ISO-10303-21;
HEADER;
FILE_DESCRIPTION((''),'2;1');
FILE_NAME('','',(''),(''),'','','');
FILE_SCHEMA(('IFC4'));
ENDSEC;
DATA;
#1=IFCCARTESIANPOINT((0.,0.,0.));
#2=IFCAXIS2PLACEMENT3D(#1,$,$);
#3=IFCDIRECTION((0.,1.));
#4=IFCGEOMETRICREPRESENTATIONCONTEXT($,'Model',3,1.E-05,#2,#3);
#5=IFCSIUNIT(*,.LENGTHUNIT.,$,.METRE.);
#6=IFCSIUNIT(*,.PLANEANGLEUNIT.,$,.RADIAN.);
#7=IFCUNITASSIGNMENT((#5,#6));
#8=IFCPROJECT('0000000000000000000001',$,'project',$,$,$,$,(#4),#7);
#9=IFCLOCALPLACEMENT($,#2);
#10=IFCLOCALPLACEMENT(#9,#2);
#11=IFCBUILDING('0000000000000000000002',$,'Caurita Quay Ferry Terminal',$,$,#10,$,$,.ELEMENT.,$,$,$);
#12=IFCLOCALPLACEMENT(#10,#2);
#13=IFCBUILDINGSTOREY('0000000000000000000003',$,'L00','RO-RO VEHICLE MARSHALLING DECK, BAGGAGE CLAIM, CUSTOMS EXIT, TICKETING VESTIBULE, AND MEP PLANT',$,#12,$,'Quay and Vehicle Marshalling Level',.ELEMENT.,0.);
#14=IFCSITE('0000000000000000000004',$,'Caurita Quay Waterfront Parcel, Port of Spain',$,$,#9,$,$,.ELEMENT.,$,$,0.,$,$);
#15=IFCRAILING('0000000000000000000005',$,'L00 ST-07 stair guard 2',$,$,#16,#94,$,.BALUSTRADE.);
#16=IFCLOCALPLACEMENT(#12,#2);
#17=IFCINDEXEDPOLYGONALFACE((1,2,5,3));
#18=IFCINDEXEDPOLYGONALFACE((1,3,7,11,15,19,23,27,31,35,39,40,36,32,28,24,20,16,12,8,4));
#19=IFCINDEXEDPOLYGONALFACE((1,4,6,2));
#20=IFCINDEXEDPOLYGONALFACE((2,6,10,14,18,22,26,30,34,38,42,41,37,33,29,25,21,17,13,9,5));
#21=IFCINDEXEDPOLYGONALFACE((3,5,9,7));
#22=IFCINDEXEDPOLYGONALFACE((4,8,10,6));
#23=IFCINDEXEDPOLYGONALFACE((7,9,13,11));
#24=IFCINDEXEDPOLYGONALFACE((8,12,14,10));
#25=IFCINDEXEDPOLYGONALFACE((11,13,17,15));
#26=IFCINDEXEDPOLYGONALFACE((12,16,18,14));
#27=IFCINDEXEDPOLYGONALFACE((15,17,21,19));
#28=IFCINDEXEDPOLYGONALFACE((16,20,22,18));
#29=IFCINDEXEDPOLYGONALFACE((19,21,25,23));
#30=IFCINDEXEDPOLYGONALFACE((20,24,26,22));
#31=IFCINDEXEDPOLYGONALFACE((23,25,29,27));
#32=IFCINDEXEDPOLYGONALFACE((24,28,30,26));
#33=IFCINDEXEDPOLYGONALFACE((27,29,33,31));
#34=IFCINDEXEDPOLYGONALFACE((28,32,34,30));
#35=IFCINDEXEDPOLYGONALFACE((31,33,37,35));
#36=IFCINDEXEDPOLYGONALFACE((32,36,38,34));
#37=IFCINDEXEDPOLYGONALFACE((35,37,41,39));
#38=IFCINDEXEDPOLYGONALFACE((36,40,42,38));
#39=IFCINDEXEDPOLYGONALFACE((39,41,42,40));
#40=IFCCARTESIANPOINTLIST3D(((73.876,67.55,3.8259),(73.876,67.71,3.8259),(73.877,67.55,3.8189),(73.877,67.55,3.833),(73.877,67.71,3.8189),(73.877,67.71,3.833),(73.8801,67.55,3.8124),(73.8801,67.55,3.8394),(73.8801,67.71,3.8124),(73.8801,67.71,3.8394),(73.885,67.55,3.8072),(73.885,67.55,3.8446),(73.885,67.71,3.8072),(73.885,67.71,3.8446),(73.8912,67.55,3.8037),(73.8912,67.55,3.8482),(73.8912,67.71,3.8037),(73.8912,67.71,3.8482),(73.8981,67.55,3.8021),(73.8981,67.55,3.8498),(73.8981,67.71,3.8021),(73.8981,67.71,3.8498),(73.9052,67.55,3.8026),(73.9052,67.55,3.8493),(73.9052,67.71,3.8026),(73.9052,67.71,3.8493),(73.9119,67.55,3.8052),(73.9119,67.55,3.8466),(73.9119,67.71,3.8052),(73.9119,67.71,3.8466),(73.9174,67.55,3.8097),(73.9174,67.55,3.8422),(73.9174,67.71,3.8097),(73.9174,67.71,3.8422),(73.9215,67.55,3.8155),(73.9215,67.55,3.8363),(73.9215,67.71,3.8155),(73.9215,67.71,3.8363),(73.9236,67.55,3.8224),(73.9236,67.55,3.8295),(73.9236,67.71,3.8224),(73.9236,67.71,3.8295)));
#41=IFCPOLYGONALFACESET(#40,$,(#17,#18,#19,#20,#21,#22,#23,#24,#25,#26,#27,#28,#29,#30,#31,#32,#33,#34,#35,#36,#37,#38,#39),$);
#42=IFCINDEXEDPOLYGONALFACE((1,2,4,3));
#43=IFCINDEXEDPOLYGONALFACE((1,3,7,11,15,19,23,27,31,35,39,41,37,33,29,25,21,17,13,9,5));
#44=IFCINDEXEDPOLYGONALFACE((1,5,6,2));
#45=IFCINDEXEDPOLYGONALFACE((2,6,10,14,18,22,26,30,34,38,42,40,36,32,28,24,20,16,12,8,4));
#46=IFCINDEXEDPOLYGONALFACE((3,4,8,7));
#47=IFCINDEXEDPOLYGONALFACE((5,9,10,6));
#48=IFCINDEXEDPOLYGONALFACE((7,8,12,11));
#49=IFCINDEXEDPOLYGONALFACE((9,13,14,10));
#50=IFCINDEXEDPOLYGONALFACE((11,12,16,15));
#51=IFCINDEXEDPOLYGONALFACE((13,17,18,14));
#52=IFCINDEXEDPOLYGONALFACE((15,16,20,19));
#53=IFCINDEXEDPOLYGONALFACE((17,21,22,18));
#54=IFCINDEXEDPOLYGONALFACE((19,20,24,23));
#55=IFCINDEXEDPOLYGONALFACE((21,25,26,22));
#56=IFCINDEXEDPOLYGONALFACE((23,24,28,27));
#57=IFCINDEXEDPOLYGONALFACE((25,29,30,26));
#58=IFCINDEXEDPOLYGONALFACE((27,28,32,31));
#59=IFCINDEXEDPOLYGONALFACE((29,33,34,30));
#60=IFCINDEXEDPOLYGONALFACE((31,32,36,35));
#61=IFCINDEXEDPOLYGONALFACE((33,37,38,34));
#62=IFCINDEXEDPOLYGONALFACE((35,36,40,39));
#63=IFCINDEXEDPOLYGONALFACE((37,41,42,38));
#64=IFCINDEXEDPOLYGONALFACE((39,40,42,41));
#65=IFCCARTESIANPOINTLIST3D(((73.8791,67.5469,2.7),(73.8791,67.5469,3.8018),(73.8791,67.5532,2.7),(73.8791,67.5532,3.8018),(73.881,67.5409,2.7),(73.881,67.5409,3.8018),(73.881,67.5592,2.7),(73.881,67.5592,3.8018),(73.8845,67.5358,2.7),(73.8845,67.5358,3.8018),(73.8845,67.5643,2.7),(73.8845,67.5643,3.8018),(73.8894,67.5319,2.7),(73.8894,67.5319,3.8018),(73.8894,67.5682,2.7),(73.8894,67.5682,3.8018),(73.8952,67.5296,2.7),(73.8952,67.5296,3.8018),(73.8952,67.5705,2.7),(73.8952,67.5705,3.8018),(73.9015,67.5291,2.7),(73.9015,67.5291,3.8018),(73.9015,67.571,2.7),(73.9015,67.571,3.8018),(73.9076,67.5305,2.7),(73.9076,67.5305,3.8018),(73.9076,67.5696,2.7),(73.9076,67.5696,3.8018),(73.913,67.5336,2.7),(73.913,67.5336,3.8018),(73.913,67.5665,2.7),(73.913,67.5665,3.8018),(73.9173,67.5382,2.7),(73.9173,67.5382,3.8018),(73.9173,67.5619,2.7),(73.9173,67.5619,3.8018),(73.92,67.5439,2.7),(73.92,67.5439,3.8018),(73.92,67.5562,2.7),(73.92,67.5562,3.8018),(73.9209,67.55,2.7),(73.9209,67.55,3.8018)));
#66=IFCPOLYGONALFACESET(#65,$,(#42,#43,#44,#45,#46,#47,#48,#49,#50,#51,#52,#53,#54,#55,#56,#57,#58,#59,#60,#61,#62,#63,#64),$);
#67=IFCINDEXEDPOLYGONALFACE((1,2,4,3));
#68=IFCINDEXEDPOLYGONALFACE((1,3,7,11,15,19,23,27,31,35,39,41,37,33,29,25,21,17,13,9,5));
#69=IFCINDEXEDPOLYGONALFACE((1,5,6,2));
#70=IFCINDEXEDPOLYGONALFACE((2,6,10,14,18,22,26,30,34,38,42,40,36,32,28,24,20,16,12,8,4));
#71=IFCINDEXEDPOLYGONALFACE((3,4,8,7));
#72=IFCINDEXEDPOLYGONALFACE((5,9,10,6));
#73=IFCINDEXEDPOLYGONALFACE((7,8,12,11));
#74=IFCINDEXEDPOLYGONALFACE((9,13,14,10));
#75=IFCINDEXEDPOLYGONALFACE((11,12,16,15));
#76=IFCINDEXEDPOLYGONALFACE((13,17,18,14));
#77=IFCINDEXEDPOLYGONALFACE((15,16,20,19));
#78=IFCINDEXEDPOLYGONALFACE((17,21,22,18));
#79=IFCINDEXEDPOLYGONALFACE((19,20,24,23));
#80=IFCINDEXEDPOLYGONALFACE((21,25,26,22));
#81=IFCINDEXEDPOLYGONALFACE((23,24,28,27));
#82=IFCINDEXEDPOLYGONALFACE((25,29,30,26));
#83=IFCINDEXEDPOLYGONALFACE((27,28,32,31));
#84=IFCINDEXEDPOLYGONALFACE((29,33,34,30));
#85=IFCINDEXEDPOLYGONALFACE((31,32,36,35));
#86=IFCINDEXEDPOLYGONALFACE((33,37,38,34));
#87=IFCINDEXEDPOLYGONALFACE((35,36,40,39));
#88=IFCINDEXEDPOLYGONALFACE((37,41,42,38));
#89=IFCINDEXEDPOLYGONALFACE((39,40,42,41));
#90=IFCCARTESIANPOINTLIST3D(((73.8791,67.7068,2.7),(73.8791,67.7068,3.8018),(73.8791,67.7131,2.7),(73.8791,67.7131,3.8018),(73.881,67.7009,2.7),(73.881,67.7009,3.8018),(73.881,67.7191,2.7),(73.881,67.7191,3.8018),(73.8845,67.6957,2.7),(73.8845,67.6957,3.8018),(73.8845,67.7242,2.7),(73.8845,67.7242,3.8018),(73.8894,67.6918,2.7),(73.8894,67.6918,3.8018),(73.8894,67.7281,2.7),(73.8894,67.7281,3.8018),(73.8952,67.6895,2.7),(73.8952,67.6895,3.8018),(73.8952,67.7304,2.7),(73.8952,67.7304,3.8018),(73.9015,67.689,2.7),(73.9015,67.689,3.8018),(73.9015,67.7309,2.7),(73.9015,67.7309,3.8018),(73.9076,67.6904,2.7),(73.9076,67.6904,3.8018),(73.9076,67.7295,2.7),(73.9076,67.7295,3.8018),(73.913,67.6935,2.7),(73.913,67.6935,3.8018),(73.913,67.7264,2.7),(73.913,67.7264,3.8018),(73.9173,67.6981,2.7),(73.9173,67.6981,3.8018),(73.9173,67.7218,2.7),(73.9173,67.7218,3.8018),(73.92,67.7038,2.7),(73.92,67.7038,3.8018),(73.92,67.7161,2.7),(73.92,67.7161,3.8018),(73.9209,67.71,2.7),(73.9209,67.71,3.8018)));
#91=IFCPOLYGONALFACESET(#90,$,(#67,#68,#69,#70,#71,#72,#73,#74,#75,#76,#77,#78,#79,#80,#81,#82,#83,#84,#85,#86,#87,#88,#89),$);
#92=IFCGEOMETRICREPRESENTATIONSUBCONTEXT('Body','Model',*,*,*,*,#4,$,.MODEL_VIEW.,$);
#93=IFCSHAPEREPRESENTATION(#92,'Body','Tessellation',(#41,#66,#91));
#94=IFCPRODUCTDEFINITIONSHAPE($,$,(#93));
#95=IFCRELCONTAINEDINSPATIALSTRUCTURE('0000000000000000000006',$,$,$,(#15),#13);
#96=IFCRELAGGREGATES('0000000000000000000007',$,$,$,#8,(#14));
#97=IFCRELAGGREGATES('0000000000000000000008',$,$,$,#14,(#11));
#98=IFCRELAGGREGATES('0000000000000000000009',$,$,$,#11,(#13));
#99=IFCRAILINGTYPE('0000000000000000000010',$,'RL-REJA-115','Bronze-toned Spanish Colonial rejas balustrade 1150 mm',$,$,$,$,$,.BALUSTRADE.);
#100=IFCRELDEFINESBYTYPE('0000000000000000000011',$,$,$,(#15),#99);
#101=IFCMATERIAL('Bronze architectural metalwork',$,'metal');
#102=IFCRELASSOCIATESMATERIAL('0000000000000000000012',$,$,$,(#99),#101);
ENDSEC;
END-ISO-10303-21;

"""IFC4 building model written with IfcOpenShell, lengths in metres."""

from ifc_helpers import new_model, si_unit, direction, frame, origin, origin_2d, place, context, subcontext, project, spatial, circle, extrude, material, type_object, element, save


model = new_model("IFC4")

# Units and contexts
model_context = context("Model", 3, precision=1e-05, world=origin(), true_north=direction((0.0, 1.0)))
body_context = subcontext(model_context, "Body", "Model", "MODEL_VIEW")
ifc_project = project(units=[si_unit("LENGTHUNIT", "METRE"), si_unit("PLANEANGLEUNIT", "RADIAN")], contexts=[model_context])

# Site, building, storey
site_placement = place(None, origin())
site = spatial("IfcSite", under=ifc_project, at=site_placement, Name="Caurita Quay Waterfront Parcel, Port of Spain", CompositionType="ELEMENT", RefElevation=0.0)
building_placement = place(site_placement, origin())
building = spatial("IfcBuilding", under=site, at=building_placement, Name="Caurita Quay Ferry Terminal", CompositionType="ELEMENT")
storey_placement = place(building_placement, origin())
storey = spatial("IfcBuildingStorey", under=building, at=storey_placement, Name="L00", Description="RO-RO VEHICLE MARSHALLING DECK, BAGGAGE CLAIM, CUSTOMS EXIT, TICKETING VESTIBULE, AND MEP PLANT", LongName="Quay and Vehicle Marshalling Level", CompositionType="ELEMENT", Elevation=0.0)

# Railing
ifc_material_1 = material(Name="Bronze architectural metalwork", Category="metal")
railing_type_1 = type_object("IfcRailingType", Name="RL-REJA-115", Description="Bronze-toned Spanish Colonial rejas balustrade 1150 mm", PredefinedType="BALUSTRADE", material=ifc_material_1)
railing_1_placement = place(storey_placement, frame((73.8999, 67.55, 2.7)))
element("IfcRailing", 1, at=railing_1_placement, inside=storey, type_object=railing_type_1, Name="L00 ST-07 stair guard 2", PredefinedType="BALUSTRADE", context=body_context, shape_type="SweptSolid", body=[
    extrude(circle(Radius=0.0239, at=origin_2d()), frame((0.0, 0.0, 1.126), z_axis=(0.0, 1.0, 0.0), x_axis=(-1.0, 0.0, 0.0)), (0.0, 0.0, 1.0), 0.1599),
    extrude(circle(Radius=0.021, at=origin_2d()), origin(), (0.0, 0.0, 1.0), 1.1018),
    extrude(circle(Radius=0.021, at=origin_2d()), frame((0.0, 0.1599, 0.0)), (0.0, 0.0, 1.0), 1.1018),
])

save(model, "model.ifc")
